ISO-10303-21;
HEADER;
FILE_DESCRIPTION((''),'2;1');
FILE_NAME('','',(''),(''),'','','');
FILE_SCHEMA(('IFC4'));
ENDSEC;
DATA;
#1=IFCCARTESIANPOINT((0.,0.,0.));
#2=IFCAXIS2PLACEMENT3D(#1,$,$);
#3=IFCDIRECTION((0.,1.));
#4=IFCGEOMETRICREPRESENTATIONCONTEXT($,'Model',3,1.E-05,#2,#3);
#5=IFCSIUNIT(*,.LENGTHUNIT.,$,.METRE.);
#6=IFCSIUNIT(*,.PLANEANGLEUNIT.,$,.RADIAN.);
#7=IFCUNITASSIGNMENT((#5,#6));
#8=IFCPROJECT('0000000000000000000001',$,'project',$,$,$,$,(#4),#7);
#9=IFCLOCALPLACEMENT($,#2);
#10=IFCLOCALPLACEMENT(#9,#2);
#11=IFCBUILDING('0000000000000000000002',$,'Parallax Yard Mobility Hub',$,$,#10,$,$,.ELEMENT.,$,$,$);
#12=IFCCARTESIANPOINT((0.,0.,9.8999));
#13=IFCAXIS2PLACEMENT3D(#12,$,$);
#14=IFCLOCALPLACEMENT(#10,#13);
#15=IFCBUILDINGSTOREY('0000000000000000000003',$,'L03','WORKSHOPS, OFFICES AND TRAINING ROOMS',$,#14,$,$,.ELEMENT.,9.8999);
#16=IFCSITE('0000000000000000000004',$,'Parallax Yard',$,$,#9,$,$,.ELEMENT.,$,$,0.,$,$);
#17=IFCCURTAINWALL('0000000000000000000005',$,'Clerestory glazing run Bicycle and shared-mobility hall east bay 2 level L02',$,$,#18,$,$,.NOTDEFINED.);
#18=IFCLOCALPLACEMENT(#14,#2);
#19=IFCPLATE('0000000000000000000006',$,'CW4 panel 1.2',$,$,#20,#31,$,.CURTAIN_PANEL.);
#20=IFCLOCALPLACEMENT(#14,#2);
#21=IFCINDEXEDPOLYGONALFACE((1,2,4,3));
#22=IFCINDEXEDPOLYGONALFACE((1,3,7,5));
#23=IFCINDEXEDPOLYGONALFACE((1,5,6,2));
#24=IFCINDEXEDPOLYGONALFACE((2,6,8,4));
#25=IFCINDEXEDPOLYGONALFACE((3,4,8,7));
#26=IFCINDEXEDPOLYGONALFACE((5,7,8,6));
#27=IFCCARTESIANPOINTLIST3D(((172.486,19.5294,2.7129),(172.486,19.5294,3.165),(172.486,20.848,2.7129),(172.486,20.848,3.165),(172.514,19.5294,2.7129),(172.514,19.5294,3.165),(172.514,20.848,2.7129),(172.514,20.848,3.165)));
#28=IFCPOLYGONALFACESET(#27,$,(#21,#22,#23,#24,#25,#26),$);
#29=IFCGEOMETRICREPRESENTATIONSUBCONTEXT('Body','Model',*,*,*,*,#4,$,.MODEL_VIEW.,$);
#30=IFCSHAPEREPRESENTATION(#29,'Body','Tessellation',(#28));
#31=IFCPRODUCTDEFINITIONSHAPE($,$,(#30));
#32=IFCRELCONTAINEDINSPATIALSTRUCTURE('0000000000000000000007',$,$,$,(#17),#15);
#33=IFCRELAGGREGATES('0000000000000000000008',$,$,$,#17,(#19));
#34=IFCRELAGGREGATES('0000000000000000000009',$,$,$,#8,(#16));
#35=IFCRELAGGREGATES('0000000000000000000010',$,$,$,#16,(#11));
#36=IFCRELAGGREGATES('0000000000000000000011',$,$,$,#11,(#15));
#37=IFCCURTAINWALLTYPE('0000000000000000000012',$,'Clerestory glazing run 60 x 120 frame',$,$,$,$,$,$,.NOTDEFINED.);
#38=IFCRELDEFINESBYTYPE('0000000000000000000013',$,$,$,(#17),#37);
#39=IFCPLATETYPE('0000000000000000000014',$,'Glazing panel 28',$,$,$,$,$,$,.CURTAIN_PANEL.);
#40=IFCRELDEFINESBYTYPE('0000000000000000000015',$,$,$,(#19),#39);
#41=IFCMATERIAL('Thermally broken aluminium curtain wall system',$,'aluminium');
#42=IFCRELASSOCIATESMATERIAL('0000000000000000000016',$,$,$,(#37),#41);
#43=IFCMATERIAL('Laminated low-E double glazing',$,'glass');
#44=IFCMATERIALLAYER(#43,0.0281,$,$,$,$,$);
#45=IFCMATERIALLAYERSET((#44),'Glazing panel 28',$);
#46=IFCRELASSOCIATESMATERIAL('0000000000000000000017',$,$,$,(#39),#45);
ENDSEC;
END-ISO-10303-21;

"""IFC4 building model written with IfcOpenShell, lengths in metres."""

from ifc_helpers import new_model, si_unit, direction, frame, origin, origin_2d, place, context, subcontext, project, spatial, rectangle, extrude, material, layer, layer_set, type_object, element, aggregate, save


model = new_model("IFC4")

# Units and contexts
model_context = context("Model", 3, precision=1e-05, world=origin(), true_north=direction((0.0, 1.0)))
body_context = subcontext(model_context, "Body", "Model", "MODEL_VIEW")
ifc_project = project(units=[si_unit("LENGTHUNIT", "METRE"), si_unit("PLANEANGLEUNIT", "RADIAN")], contexts=[model_context])

# Site, building, storey
site_placement = place(None, origin())
site = spatial("IfcSite", under=ifc_project, at=site_placement, Name="Parallax Yard", CompositionType="ELEMENT", RefElevation=0.0)
building_placement = place(site_placement, origin())
building = spatial("IfcBuilding", under=site, at=building_placement, Name="Parallax Yard Mobility Hub", CompositionType="ELEMENT")
storey_placement = place(building_placement, frame((0.0, 0.0, 9.8999)))
storey = spatial("IfcBuildingStorey", under=building, at=storey_placement, Name="L03", Description="WORKSHOPS, OFFICES AND TRAINING ROOMS", CompositionType="ELEMENT", Elevation=9.8999)

# Shared definitions
ifc_material_1 = material(Name="Thermally broken aluminium curtain wall system", Category="aluminium")
curtain_wall_type = type_object("IfcCurtainWallType", Name="Clerestory glazing run 60 x 120 frame", PredefinedType="NOTDEFINED", material=ifc_material_1)

# Curtain wall
curtain_wall_1_placement = place(storey_placement, origin())
curtain_wall_1 = element("IfcCurtainWall", 1, at=curtain_wall_1_placement, inside=storey, type_object=curtain_wall_type, Name="Clerestory glazing run Bicycle and shared-mobility hall east bay 2 level L02", PredefinedType="NOTDEFINED")

# Plate
ifc_material_2 = material(Name="Laminated low-E double glazing", Category="glass")
ifc_layer = layer(ifc_material_2, 0.0281)
ifc_layer_set = layer_set([ifc_layer], Name="Glazing panel 28")
plate_type = type_object("IfcPlateType", Name="Glazing panel 28", PredefinedType="CURTAIN_PANEL", material=ifc_layer_set)
plate_1_placement = place(storey_placement, frame((172.5, 20.1887, 2.7129), z_axis=(0.0, 0.0, 1.0), x_axis=(0.0, 1.0, 0.0)))
plate_1 = element("IfcPlate", 2, at=plate_1_placement, type_object=plate_type, Name="CW4 panel 1.2", PredefinedType="CURTAIN_PANEL", context=body_context, shape_type="SweptSolid", body=[
    extrude(rectangle(XDim=1.3186, YDim=0.0281, at=origin_2d()), origin(), (0.0, 0.0, 1.0), 0.4521),
])
aggregate(curtain_wall_1, [plate_1])

save(model, "model.ifc")
